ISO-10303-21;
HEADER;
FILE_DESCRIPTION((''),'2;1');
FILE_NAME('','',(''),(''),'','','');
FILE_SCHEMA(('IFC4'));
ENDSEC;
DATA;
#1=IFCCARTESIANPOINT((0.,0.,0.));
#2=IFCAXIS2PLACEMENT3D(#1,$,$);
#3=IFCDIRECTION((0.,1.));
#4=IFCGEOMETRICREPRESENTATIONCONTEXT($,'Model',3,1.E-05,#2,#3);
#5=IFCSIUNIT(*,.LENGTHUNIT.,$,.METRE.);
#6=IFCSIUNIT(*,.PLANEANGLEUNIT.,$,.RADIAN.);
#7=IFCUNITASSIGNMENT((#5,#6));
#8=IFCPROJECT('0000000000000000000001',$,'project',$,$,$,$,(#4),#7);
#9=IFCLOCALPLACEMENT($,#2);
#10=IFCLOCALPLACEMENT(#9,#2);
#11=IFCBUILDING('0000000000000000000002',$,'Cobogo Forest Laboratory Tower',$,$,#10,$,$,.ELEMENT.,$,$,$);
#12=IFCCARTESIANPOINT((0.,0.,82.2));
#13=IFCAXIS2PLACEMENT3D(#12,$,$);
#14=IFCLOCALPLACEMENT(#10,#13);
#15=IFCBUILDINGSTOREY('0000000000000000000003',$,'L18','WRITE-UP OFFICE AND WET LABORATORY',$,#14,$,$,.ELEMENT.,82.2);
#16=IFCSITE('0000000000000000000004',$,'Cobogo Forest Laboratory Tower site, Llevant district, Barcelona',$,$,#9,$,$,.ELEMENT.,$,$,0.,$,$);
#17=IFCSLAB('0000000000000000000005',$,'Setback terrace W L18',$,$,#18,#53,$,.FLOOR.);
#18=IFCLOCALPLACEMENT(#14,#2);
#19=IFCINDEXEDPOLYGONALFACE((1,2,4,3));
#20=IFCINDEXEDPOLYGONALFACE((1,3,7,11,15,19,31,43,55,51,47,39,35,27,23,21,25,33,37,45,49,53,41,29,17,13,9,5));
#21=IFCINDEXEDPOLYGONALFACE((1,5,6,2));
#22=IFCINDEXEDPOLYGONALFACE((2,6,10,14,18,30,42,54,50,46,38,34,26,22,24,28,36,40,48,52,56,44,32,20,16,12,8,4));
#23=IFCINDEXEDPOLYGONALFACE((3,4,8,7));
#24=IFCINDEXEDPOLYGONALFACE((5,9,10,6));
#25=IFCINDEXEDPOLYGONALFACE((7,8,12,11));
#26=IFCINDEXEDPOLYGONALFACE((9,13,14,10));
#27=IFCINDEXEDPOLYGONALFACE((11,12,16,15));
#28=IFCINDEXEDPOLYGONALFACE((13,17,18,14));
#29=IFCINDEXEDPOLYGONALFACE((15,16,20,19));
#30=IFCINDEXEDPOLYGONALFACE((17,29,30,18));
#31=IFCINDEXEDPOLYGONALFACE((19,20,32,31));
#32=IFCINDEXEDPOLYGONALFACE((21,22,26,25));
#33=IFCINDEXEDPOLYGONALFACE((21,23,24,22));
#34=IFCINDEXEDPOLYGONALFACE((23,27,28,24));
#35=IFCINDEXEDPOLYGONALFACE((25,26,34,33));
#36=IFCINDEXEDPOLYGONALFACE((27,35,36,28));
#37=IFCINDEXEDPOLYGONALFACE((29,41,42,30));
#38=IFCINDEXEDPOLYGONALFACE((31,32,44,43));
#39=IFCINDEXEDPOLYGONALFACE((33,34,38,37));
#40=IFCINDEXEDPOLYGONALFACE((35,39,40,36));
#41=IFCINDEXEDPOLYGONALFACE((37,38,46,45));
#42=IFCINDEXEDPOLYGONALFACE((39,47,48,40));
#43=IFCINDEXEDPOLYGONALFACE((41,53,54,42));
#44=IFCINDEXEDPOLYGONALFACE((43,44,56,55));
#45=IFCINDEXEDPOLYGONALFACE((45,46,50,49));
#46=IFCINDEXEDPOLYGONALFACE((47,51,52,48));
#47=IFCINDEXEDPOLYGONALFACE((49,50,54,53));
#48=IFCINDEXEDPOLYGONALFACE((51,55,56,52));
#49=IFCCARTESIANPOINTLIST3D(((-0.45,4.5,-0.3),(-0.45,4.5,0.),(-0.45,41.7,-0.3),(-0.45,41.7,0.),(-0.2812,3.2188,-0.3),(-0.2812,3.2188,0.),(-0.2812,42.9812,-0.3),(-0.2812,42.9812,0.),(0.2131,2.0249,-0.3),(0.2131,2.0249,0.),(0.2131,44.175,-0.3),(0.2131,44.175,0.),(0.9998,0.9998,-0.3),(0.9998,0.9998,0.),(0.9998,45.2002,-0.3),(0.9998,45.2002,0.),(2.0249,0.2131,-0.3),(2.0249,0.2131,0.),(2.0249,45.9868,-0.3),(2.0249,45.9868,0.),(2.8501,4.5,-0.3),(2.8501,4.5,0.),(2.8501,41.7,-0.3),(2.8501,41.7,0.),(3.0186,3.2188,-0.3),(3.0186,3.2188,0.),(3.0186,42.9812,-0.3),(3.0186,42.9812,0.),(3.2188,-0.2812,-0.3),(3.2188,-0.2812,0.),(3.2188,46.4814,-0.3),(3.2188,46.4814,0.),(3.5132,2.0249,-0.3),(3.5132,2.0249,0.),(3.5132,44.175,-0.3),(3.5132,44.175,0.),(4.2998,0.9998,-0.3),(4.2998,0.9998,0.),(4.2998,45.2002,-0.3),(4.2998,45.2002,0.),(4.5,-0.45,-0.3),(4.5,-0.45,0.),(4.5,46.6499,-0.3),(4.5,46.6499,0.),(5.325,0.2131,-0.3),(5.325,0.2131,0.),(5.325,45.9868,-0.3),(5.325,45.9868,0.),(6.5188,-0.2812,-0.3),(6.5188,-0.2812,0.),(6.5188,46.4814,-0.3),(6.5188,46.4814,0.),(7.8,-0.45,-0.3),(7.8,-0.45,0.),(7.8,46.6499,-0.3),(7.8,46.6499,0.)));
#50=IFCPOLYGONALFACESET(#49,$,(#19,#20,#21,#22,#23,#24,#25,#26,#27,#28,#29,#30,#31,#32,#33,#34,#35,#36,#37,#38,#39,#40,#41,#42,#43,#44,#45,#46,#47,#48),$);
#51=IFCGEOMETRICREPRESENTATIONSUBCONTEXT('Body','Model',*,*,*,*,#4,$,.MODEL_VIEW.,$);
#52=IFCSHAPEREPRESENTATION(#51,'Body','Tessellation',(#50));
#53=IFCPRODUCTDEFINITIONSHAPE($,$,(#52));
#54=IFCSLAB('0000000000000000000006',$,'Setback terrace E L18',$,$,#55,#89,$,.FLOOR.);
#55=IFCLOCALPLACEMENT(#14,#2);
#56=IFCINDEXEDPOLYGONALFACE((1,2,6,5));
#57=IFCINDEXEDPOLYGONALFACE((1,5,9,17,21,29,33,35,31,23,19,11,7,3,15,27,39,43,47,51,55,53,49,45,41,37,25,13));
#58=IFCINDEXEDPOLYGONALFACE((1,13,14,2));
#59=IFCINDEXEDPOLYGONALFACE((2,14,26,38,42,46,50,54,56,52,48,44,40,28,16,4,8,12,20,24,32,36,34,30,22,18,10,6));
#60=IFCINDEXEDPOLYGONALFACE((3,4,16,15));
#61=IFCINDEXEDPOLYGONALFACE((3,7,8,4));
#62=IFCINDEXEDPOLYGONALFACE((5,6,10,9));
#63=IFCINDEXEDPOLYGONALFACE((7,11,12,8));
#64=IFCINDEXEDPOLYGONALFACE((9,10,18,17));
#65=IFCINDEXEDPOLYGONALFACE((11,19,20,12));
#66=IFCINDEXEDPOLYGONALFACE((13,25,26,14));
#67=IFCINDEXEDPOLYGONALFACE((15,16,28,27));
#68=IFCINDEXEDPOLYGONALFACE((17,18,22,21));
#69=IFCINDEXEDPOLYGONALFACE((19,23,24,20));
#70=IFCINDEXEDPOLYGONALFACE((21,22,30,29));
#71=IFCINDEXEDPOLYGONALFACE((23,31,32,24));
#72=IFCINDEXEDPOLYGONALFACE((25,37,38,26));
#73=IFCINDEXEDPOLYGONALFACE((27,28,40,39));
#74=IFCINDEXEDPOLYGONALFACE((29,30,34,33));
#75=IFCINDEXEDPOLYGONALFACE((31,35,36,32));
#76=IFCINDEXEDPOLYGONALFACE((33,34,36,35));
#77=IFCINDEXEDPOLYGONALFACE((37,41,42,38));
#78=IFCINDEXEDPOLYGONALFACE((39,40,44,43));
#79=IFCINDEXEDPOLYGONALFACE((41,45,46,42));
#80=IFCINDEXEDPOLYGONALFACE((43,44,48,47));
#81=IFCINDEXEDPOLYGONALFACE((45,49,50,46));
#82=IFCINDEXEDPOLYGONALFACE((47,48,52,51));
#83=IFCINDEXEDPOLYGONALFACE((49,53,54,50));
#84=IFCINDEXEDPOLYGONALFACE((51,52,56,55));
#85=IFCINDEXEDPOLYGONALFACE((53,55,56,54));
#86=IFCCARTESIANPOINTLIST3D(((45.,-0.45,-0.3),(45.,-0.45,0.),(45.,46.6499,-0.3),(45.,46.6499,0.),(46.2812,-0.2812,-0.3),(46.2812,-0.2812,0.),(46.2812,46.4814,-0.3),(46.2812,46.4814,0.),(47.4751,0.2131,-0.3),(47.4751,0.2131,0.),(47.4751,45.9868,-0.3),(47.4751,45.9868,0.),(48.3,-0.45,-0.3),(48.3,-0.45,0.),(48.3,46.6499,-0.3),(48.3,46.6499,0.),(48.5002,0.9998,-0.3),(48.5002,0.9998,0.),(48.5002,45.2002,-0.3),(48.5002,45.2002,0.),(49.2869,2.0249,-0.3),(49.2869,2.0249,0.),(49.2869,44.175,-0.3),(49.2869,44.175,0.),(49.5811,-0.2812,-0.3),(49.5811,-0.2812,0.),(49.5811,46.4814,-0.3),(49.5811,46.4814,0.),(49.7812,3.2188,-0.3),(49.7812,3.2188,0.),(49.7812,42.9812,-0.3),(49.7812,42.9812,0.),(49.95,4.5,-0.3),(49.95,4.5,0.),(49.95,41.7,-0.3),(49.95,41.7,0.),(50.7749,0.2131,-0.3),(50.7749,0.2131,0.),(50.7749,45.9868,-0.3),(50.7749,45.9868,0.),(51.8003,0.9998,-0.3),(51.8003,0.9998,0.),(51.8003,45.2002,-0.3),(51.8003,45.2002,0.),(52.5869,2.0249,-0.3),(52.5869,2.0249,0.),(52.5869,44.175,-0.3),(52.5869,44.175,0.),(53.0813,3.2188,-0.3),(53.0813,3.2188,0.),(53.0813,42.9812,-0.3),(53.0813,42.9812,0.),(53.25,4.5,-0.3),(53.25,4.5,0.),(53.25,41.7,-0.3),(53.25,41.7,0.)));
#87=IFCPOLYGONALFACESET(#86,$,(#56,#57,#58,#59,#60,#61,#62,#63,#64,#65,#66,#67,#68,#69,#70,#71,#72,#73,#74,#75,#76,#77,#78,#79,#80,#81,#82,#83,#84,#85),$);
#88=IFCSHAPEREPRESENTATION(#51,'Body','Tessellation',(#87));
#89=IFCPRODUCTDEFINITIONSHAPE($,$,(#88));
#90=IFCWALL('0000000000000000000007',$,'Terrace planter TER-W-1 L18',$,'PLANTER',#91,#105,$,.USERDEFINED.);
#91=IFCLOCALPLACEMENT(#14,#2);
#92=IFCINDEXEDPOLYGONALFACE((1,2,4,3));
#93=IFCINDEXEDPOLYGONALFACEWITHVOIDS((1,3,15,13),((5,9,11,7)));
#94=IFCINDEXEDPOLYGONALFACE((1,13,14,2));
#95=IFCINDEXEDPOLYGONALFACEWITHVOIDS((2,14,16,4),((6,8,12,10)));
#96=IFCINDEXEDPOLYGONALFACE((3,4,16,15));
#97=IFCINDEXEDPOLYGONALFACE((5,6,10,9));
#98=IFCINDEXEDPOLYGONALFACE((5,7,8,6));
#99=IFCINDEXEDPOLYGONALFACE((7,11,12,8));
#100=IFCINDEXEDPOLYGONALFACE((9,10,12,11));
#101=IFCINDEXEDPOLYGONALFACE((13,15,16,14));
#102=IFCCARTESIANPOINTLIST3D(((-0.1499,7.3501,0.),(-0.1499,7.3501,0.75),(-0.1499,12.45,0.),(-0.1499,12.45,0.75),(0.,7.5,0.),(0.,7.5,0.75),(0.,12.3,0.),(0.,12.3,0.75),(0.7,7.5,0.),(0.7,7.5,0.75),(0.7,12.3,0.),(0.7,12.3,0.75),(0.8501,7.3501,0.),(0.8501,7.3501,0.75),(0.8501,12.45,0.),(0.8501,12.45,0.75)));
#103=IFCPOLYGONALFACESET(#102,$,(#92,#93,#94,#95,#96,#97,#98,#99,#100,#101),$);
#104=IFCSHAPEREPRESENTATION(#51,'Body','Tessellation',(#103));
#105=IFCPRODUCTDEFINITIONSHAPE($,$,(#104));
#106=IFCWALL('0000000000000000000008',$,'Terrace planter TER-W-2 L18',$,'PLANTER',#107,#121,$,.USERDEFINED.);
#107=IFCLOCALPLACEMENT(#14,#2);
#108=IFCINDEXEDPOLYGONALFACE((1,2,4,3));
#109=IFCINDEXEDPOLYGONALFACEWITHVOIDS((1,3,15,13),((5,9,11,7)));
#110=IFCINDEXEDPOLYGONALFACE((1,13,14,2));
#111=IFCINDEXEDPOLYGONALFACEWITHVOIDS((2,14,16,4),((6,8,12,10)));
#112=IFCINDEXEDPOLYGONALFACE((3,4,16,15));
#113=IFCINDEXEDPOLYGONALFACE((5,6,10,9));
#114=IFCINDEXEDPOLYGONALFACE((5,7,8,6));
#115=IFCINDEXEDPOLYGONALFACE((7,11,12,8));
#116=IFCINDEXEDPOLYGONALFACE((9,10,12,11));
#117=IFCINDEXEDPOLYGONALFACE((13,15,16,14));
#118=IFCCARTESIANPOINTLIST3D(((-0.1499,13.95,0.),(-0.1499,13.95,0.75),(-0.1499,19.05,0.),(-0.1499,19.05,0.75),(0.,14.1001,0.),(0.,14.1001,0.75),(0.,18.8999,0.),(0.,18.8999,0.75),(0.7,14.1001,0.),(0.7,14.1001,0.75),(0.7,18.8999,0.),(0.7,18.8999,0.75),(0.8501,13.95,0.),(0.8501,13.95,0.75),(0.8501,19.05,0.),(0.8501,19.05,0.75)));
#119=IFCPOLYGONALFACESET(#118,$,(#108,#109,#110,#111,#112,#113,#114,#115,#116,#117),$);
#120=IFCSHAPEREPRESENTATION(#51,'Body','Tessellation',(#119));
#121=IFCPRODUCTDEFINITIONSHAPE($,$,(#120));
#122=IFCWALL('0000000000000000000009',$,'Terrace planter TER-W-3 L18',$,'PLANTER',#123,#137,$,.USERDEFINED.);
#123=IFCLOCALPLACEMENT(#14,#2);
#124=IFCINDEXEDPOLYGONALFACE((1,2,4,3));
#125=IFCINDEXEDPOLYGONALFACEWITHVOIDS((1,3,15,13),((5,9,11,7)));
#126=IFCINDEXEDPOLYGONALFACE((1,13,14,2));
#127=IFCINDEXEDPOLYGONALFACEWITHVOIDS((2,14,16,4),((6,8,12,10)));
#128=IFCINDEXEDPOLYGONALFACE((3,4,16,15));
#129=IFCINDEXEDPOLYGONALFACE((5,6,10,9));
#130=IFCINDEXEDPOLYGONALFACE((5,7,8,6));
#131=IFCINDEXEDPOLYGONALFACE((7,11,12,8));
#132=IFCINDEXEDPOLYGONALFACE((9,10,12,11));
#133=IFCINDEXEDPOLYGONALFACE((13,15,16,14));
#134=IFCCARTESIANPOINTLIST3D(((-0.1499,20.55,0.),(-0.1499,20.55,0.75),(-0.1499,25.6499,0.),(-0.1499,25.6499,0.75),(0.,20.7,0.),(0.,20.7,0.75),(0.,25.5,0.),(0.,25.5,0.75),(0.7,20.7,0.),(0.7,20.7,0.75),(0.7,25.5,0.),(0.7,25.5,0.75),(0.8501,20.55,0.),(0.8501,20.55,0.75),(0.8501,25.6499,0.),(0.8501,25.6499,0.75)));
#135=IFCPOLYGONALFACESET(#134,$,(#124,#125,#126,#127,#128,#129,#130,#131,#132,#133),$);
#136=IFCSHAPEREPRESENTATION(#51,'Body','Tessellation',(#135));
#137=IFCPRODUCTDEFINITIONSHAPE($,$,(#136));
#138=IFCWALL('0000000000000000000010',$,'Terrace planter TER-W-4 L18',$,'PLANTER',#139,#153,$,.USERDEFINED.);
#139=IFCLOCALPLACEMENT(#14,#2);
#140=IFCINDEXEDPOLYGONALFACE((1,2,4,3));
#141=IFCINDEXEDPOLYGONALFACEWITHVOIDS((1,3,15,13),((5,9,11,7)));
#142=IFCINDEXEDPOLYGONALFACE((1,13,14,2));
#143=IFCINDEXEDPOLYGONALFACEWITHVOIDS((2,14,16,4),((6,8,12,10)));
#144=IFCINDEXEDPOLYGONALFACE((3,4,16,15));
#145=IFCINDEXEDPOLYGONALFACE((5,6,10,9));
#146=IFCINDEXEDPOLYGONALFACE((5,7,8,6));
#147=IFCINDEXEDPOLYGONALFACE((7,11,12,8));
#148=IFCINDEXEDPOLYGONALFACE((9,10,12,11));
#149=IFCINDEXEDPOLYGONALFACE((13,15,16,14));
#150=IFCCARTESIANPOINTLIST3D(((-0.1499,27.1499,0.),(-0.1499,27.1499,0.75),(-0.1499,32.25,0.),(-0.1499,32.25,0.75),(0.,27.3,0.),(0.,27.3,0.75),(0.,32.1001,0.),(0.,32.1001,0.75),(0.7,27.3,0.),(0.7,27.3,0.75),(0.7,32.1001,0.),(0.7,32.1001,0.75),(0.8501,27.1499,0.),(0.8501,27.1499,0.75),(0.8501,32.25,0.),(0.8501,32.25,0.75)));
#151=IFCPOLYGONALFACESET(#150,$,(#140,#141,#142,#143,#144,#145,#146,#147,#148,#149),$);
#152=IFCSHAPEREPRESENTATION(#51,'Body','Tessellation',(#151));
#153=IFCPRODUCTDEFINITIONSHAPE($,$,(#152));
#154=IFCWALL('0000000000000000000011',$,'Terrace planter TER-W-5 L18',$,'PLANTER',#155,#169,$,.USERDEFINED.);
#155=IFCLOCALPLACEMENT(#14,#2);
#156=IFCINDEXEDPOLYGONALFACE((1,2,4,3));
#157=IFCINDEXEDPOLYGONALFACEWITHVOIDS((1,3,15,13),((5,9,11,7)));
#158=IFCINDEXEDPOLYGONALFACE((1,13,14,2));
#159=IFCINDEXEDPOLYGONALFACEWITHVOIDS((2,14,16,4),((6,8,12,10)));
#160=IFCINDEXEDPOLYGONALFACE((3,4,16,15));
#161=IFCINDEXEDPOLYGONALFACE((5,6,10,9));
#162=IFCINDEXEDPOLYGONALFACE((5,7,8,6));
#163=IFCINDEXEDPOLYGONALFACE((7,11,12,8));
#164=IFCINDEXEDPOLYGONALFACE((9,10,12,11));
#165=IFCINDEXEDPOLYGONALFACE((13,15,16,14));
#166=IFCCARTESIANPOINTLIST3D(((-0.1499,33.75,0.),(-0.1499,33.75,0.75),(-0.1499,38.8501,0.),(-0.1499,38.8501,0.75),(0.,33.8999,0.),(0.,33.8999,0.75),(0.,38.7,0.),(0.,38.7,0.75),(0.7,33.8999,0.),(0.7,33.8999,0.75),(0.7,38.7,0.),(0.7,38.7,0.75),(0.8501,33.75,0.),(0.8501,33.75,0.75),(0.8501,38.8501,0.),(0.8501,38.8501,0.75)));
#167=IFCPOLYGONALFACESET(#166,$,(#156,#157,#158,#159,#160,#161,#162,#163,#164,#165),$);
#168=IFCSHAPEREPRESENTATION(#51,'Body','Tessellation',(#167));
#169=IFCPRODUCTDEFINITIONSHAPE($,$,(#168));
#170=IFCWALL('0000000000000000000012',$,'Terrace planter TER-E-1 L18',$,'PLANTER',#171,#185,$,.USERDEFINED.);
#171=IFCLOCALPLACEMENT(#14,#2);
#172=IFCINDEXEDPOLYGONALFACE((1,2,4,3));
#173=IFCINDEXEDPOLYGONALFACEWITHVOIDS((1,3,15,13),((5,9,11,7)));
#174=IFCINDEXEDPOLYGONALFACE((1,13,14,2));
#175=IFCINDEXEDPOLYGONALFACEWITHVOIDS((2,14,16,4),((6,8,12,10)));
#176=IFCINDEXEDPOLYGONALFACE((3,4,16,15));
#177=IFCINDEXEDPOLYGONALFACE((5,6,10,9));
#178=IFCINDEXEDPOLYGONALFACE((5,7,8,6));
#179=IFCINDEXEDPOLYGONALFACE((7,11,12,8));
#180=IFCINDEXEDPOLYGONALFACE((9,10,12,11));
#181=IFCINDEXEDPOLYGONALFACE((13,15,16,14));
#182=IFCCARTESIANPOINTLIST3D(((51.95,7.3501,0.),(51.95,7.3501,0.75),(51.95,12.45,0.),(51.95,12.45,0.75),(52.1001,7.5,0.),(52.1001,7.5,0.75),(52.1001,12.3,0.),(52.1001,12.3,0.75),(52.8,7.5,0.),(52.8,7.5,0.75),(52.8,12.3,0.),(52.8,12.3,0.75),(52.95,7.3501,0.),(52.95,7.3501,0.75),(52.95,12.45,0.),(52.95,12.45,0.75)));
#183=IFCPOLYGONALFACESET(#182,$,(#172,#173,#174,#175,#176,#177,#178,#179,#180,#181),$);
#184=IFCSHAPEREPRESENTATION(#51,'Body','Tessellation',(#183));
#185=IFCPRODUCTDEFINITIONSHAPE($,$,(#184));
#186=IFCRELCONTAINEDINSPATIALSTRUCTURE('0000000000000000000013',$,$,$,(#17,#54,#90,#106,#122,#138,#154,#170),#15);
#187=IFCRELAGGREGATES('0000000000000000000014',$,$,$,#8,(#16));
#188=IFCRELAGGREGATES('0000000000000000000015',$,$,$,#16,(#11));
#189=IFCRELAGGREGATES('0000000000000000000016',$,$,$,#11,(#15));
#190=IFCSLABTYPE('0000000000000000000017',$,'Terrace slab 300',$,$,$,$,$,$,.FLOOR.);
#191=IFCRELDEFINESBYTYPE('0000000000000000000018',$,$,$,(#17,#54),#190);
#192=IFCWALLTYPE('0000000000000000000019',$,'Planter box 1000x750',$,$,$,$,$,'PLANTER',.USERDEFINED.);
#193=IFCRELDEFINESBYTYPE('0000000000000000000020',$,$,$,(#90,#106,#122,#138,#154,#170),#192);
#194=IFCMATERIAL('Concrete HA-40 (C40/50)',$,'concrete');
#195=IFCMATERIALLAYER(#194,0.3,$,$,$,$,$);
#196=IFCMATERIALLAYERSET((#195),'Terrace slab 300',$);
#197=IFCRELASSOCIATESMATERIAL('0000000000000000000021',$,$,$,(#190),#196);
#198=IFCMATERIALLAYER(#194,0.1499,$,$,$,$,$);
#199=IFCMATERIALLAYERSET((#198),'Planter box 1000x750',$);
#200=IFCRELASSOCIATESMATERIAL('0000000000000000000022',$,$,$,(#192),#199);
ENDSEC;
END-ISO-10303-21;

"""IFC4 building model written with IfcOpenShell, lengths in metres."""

from ifc_helpers import new_model, si_unit, direction, frame, origin, place, context, subcontext, project, spatial, polyline, outline, extrude, material, layer, layer_set, type_object, element, save


model = new_model("IFC4")

# Units and contexts
model_context = context("Model", 3, precision=1e-05, world=origin(), true_north=direction((0.0, 1.0)))
body_context = subcontext(model_context, "Body", "Model", "MODEL_VIEW")
ifc_project = project(units=[si_unit("LENGTHUNIT", "METRE"), si_unit("PLANEANGLEUNIT", "RADIAN")], contexts=[model_context])

# Site, building, storey
site_placement = place(None, origin())
site = spatial("IfcSite", under=ifc_project, at=site_placement, Name="Cobogo Forest Laboratory Tower site, Llevant district, Barcelona", CompositionType="ELEMENT", RefElevation=0.0)
building_placement = place(site_placement, origin())
building = spatial("IfcBuilding", under=site, at=building_placement, Name="Cobogo Forest Laboratory Tower", CompositionType="ELEMENT")
storey_placement = place(building_placement, frame((0.0, 0.0, 82.2)))
storey = spatial("IfcBuildingStorey", under=building, at=storey_placement, Name="L18", Description="WRITE-UP OFFICE AND WET LABORATORY", CompositionType="ELEMENT", Elevation=82.2)

# Shared definitions
ifc_material_1 = material(Name="Concrete HA-40 (C40/50)", Category="concrete")

# Slabs
ifc_layer_1 = layer(ifc_material_1, 0.3)
ifc_layer_set_1 = layer_set([ifc_layer_1], Name="Terrace slab 300")
slab_type_1 = type_object("IfcSlabType", Name="Terrace slab 300", PredefinedType="FLOOR", material=ifc_layer_set_1)
slab_1_placement = place(storey_placement, frame((0.0, 0.0, -0.3)))
element("IfcSlab", 1, at=slab_1_placement, inside=storey, type_object=slab_type_1, Name="Setback terrace W L18", PredefinedType="FLOOR", context=body_context, shape_type="SweptSolid", body=[
    extrude(outline(polyline([(4.5, -0.45), (7.8, -0.45), (6.5188, -0.2812), (5.325, 0.2131), (4.2998, 0.9998), (3.5132, 2.0249), (3.0186, 3.2188), (2.8501, 4.5), (2.8501, 41.7), (3.0186, 42.9812), (3.5132, 44.175), (4.2998, 45.2002), (5.325, 45.9868), (6.5188, 46.4814), (7.8, 46.6499), (4.5, 46.6499), (3.2188, 46.4814), (2.0249, 45.9868), (0.9998, 45.2002), (0.2131, 44.175), (-0.2812, 42.9812), (-0.45, 41.7), (-0.45, 4.5), (-0.2812, 3.2188), (0.2131, 2.0249), (0.9998, 0.9998), (2.0249, 0.2131), (3.2188, -0.2812), (4.5, -0.45)])), origin(), (0.0, 0.0, 1.0), 0.3),
])
slab_2_placement = place(storey_placement, frame((0.0, 0.0, -0.3)))
element("IfcSlab", 2, at=slab_2_placement, inside=storey, type_object=slab_type_1, Name="Setback terrace E L18", PredefinedType="FLOOR", context=body_context, shape_type="SweptSolid", body=[
    extrude(outline(polyline([(48.3, 46.6499), (45.0, 46.6499), (46.2812, 46.4814), (47.4751, 45.9868), (48.5002, 45.2002), (49.2869, 44.175), (49.7812, 42.9812), (49.95, 41.7), (49.95, 4.5), (49.7812, 3.2188), (49.2869, 2.0249), (48.5002, 0.9998), (47.4751, 0.2131), (46.2812, -0.2812), (45.0, -0.45), (48.3, -0.45), (49.5811, -0.2812), (50.7749, 0.2131), (51.8003, 0.9998), (52.5869, 2.0249), (53.0813, 3.2188), (53.25, 4.5), (53.25, 41.7), (53.0813, 42.9812), (52.5869, 44.175), (51.8003, 45.2002), (50.7749, 45.9868), (49.5811, 46.4814), (48.3, 46.6499)])), origin(), (0.0, 0.0, 1.0), 0.3),
])

# Walls
ifc_layer_2 = layer(ifc_material_1, 0.1499)
ifc_layer_set_2 = layer_set([ifc_layer_2], Name="Planter box 1000x750")
wall_type = type_object("IfcWallType", Name="Planter box 1000x750", ElementType="PLANTER", PredefinedType="USERDEFINED", material=ifc_layer_set_2)
wall_1_placement = place(storey_placement, origin())
element("IfcWall", 3, at=wall_1_placement, inside=storey, type_object=wall_type, Name="Terrace planter TER-W-1 L18", ObjectType="PLANTER", PredefinedType="USERDEFINED", context=body_context, shape_type="SweptSolid", body=[
    extrude(outline(polyline([(-0.1499, 7.3501), (0.8501, 7.3501), (0.8501, 12.45), (-0.1499, 12.45), (-0.1499, 7.3501)]), holes=[polyline([(0.0, 7.5), (0.7, 7.5), (0.7, 12.3), (0.0, 12.3), (0.0, 7.5)])]), origin(), (0.0, 0.0, 1.0), 0.75),
])
wall_2_placement = place(storey_placement, origin())
element("IfcWall", 4, at=wall_2_placement, inside=storey, type_object=wall_type, Name="Terrace planter TER-W-2 L18", ObjectType="PLANTER", PredefinedType="USERDEFINED", context=body_context, shape_type="SweptSolid", body=[
    extrude(outline(polyline([(-0.1499, 13.95), (0.8501, 13.95), (0.8501, 19.05), (-0.1499, 19.05), (-0.1499, 13.95)]), holes=[polyline([(0.0, 14.1001), (0.7, 14.1001), (0.7, 18.8999), (0.0, 18.8999), (0.0, 14.1001)])]), origin(), (0.0, 0.0, 1.0), 0.75),
])
wall_3_placement = place(storey_placement, origin())
element("IfcWall", 5, at=wall_3_placement, inside=storey, type_object=wall_type, Name="Terrace planter TER-W-3 L18", ObjectType="PLANTER", PredefinedType="USERDEFINED", context=body_context, shape_type="SweptSolid", body=[
    extrude(outline(polyline([(-0.1499, 20.55), (0.8501, 20.55), (0.8501, 25.6499), (-0.1499, 25.6499), (-0.1499, 20.55)]), holes=[polyline([(0.0, 20.7), (0.7, 20.7), (0.7, 25.5), (0.0, 25.5), (0.0, 20.7)])]), origin(), (0.0, 0.0, 1.0), 0.75),
])
wall_4_placement = place(storey_placement, origin())
element("IfcWall", 6, at=wall_4_placement, inside=storey, type_object=wall_type, Name="Terrace planter TER-W-4 L18", ObjectType="PLANTER", PredefinedType="USERDEFINED", context=body_context, shape_type="SweptSolid", body=[
    extrude(outline(polyline([(-0.1499, 27.1499), (0.8501, 27.1499), (0.8501, 32.25), (-0.1499, 32.25), (-0.1499, 27.1499)]), holes=[polyline([(0.0, 27.3), (0.7, 27.3), (0.7, 32.1001), (0.0, 32.1001), (0.0, 27.3)])]), origin(), (0.0, 0.0, 1.0), 0.75),
])
wall_5_placement = place(storey_placement, origin())
element("IfcWall", 7, at=wall_5_placement, inside=storey, type_object=wall_type, Name="Terrace planter TER-W-5 L18", ObjectType="PLANTER", PredefinedType="USERDEFINED", context=body_context, shape_type="SweptSolid", body=[
    extrude(outline(polyline([(-0.1499, 33.75), (0.8501, 33.75), (0.8501, 38.8501), (-0.1499, 38.8501), (-0.1499, 33.75)]), holes=[polyline([(0.0, 33.8999), (0.7, 33.8999), (0.7, 38.7), (0.0, 38.7), (0.0, 33.8999)])]), origin(), (0.0, 0.0, 1.0), 0.75),
])
wall_6_placement = place(storey_placement, origin())
element("IfcWall", 8, at=wall_6_placement, inside=storey, type_object=wall_type, Name="Terrace planter TER-E-1 L18", ObjectType="PLANTER", PredefinedType="USERDEFINED", context=body_context, shape_type="SweptSolid", body=[
    extrude(outline(polyline([(51.95, 7.3501), (52.95, 7.3501), (52.95, 12.45), (51.95, 12.45), (51.95, 7.3501)]), holes=[polyline([(52.1001, 7.5), (52.8, 7.5), (52.8, 12.3), (52.1001, 12.3), (52.1001, 7.5)])]), origin(), (0.0, 0.0, 1.0), 0.75),
])

save(model, "model.ifc")
